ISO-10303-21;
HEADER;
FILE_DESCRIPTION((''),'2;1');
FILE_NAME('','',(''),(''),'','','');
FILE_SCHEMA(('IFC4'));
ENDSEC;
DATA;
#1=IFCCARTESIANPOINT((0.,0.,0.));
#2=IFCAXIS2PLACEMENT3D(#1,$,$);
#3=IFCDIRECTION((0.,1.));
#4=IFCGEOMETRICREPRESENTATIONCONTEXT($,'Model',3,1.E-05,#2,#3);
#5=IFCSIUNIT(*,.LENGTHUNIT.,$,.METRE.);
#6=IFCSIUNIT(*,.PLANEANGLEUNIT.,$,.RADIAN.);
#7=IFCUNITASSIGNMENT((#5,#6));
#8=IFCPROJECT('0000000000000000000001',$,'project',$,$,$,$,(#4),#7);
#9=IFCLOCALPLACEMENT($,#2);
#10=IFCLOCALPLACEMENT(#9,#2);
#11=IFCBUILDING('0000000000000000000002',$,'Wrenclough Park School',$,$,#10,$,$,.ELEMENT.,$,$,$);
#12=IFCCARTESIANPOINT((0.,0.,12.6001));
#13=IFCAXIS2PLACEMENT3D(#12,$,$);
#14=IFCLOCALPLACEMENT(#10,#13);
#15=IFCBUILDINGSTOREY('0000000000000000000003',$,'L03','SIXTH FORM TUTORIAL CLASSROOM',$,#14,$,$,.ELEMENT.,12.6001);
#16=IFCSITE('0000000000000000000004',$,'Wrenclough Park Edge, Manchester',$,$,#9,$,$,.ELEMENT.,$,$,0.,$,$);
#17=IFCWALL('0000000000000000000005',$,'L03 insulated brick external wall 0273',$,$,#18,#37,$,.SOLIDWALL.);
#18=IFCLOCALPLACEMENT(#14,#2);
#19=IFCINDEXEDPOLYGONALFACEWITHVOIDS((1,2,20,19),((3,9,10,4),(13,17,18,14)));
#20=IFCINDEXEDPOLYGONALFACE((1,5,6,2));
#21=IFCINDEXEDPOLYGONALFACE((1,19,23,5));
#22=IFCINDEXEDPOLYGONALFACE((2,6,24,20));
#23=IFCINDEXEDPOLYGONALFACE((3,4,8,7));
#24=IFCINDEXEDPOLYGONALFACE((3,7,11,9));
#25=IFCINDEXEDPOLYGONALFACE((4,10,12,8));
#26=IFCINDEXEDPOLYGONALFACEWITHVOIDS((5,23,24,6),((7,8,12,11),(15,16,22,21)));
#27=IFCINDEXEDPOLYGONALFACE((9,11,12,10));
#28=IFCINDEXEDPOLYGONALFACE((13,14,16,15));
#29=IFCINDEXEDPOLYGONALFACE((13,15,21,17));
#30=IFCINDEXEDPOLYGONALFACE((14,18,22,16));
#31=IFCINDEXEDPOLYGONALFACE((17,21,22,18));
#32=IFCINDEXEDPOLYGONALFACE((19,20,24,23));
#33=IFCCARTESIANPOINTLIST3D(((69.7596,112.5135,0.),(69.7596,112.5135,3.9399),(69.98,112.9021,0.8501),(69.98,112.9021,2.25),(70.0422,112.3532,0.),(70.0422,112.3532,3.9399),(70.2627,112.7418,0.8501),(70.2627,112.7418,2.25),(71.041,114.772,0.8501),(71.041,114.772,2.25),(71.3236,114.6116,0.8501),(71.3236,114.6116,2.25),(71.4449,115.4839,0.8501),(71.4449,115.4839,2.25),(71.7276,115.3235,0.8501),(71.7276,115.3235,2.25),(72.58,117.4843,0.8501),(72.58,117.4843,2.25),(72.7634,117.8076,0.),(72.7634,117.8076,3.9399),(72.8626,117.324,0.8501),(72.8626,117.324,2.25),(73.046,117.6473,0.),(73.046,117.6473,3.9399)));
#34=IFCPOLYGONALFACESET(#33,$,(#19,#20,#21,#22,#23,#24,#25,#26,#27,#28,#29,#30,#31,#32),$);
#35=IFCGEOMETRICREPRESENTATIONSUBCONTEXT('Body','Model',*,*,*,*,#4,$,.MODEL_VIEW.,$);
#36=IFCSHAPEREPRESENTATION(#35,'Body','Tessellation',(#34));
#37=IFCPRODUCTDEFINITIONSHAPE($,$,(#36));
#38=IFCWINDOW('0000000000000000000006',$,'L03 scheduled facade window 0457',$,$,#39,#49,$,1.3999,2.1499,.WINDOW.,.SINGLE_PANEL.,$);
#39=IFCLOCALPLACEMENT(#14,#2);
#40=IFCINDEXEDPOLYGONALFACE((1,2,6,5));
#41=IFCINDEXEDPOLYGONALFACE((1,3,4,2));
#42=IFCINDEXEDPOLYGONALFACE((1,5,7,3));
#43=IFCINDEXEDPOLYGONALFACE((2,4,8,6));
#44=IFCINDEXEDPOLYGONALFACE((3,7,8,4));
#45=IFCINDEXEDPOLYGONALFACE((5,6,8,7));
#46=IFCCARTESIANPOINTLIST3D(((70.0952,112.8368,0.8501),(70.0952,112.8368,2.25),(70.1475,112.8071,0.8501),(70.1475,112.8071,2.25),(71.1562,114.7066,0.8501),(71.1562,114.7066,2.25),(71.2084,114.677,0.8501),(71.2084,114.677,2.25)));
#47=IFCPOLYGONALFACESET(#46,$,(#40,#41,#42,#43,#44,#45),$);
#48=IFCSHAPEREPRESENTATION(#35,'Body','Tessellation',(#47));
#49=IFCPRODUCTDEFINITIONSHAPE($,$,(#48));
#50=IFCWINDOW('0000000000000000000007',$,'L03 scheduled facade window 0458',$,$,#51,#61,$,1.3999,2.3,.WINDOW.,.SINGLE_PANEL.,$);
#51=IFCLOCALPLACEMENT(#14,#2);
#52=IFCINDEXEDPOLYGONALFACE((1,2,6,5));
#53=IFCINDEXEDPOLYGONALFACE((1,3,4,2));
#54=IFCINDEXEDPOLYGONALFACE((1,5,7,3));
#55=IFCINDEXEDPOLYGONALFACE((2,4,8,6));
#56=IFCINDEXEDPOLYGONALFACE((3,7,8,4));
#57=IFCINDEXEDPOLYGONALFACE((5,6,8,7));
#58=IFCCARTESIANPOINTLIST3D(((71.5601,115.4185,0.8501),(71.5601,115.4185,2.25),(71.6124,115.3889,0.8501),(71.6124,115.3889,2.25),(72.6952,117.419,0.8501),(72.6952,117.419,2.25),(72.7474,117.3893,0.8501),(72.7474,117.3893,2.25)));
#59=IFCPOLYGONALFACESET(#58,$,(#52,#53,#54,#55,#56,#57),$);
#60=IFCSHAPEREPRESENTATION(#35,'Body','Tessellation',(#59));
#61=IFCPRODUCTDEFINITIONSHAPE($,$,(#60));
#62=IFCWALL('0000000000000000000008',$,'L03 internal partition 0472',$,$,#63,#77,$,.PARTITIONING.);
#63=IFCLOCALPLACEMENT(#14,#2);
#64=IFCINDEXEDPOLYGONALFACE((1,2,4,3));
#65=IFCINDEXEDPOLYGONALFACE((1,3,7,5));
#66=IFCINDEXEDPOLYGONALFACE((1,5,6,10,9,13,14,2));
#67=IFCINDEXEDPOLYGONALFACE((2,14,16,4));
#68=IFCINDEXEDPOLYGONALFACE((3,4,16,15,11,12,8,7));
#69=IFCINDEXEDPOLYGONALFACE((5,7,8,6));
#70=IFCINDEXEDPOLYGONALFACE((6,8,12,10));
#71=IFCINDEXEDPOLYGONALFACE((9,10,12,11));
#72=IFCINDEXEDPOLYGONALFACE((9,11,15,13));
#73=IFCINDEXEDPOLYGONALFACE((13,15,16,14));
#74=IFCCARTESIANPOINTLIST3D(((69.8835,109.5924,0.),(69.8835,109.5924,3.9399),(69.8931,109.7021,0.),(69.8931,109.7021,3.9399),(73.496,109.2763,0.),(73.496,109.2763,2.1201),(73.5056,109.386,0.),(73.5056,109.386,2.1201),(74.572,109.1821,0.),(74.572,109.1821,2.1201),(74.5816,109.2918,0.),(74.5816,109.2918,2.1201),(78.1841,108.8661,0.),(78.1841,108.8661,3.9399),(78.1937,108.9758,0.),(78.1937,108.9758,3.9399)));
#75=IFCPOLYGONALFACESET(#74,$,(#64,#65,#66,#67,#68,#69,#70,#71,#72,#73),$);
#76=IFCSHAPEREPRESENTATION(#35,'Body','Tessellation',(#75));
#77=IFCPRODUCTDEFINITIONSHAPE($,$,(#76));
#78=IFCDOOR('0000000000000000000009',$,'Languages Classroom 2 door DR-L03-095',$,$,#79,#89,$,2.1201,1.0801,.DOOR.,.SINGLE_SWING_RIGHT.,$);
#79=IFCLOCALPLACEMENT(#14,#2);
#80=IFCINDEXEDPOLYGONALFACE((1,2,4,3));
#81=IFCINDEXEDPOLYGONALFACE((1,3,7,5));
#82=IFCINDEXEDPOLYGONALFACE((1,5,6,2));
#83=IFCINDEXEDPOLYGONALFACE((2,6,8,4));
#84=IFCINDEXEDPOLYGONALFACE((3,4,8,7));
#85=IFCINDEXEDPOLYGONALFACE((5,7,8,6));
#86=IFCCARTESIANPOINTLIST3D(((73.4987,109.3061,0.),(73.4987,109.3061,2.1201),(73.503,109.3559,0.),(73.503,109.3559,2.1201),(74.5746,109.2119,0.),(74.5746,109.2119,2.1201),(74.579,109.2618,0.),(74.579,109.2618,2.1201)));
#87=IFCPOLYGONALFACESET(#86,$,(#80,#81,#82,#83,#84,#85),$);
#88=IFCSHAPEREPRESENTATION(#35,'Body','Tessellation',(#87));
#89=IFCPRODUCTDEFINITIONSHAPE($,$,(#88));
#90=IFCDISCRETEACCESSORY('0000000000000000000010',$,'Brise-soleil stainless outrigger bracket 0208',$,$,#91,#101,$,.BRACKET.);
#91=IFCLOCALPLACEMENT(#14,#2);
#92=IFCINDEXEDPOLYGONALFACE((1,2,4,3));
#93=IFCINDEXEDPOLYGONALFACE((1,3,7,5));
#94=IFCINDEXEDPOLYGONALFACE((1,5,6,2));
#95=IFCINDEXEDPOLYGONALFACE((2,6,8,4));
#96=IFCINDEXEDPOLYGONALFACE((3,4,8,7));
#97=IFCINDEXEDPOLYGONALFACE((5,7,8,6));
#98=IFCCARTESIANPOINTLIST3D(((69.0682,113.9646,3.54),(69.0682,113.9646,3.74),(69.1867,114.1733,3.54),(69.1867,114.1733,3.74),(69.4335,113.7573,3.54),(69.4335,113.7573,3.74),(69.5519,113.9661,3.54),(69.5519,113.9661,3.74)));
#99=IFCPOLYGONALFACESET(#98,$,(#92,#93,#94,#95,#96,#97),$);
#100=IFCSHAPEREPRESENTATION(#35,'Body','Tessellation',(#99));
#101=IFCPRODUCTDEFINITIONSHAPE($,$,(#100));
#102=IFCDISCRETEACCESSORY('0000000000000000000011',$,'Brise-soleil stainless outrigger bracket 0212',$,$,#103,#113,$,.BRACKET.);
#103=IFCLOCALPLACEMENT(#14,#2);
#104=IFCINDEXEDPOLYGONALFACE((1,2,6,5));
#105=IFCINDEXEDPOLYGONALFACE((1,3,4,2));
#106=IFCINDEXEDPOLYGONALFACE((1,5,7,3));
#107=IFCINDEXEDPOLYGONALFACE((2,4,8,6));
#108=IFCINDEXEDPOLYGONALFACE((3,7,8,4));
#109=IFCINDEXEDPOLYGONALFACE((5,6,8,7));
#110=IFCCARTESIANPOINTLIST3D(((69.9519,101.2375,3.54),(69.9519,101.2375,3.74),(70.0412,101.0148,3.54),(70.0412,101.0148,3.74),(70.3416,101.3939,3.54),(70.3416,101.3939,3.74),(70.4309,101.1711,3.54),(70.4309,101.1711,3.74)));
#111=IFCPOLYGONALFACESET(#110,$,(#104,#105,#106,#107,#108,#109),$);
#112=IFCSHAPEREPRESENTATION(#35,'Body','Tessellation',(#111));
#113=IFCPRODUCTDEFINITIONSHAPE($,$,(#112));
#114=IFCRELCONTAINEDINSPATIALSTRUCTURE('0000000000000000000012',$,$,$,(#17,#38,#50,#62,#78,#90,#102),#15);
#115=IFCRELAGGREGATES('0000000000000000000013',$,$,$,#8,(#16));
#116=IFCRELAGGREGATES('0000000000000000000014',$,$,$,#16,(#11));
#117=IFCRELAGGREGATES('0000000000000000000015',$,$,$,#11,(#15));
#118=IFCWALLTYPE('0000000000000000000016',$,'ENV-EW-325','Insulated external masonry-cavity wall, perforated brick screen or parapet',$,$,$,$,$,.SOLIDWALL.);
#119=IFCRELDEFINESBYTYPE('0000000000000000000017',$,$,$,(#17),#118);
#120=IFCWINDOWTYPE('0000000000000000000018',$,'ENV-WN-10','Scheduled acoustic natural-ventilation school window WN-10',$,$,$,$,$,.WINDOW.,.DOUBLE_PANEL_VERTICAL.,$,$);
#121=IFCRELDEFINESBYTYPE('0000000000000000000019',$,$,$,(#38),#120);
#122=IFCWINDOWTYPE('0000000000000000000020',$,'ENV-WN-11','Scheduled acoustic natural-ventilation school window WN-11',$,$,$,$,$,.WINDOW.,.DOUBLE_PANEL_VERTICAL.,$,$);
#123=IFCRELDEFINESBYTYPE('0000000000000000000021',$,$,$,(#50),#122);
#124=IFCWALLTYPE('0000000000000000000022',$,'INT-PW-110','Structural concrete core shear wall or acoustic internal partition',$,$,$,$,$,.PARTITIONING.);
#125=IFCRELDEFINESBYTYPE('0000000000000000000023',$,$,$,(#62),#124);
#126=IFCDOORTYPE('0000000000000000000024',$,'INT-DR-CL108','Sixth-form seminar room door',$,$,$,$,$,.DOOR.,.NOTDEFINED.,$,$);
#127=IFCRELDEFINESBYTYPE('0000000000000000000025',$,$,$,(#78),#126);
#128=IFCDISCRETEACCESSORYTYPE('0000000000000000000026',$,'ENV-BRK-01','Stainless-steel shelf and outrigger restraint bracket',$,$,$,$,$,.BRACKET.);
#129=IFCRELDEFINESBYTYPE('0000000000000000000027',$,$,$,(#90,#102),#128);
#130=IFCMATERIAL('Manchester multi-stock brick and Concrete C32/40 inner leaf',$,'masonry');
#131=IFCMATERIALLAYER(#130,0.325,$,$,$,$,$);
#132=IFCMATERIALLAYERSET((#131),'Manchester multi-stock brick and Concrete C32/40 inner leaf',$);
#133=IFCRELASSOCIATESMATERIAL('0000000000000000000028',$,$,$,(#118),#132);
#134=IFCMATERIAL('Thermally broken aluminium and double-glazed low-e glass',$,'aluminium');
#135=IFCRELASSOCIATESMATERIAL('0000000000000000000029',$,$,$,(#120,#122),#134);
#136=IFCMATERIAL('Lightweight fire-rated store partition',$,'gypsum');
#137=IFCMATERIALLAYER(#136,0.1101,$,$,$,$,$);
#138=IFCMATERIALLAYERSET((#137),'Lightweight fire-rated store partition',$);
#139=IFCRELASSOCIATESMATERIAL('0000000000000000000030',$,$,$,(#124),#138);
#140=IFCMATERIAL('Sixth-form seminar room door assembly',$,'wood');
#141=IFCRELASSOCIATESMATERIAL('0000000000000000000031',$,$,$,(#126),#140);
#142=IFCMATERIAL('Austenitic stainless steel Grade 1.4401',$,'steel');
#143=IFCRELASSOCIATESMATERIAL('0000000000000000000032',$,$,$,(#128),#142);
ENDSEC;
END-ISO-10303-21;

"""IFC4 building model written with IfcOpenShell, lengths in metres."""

from ifc_helpers import new_model, si_unit, direction, frame, frame_2d, origin, origin_2d, place, context, subcontext, project, spatial, rectangle, extrude, material, layer, layer_set, type_object, element, fill, save


model = new_model("IFC4")

# Units and contexts
model_context = context("Model", 3, precision=1e-05, world=origin(), true_north=direction((0.0, 1.0)))
body_context = subcontext(model_context, "Body", "Model", "MODEL_VIEW")
ifc_project = project(units=[si_unit("LENGTHUNIT", "METRE"), si_unit("PLANEANGLEUNIT", "RADIAN")], contexts=[model_context])

# Site, building, storey
site_placement = place(None, origin())
site = spatial("IfcSite", under=ifc_project, at=site_placement, Name="Wrenclough Park Edge, Manchester", CompositionType="ELEMENT", RefElevation=0.0)
building_placement = place(site_placement, origin())
building = spatial("IfcBuilding", under=site, at=building_placement, Name="Wrenclough Park School", CompositionType="ELEMENT")
storey_placement = place(building_placement, frame((0.0, 0.0, 12.6001)))
storey = spatial("IfcBuildingStorey", under=building, at=storey_placement, Name="L03", Description="SIXTH FORM TUTORIAL CLASSROOM", CompositionType="ELEMENT", Elevation=12.6001)

# Wall, openings, windows
ifc_material_1 = material(Name="Manchester multi-stock brick and Concrete C32/40 inner leaf", Category="masonry")
ifc_material_2 = material(Name="Thermally broken aluminium and double-glazed low-e glass", Category="aluminium")
ifc_layer_1 = layer(ifc_material_1, 0.325)
ifc_layer_set_1 = layer_set([ifc_layer_1], Name="Manchester multi-stock brick and Concrete C32/40 inner leaf")
wall_type_1 = type_object("IfcWallType", Name="ENV-EW-325", Description="Insulated external masonry-cavity wall, perforated brick screen or parapet", PredefinedType="SOLIDWALL", material=ifc_layer_set_1)
wall_1_placement = place(storey_placement, frame((69.9009, 112.4333, 0.0), z_axis=(0.0, 0.0, 1.0), x_axis=(0.493493, 0.86975, 0.0)))
wall_1 = element("IfcWall", 1, at=wall_1_placement, inside=storey, type_object=wall_type_1, Name="L03 insulated brick external wall 0273", PredefinedType="SOLIDWALL", context=body_context, shape_type="SweptSolid", body=[
    extrude(rectangle(XDim=6.0869, YDim=0.325, at=frame_2d((3.0435, 0.0))), origin(), (0.0, 0.0, 1.0), 3.9399),
])
opening_1_placement = place(wall_1_placement, frame((0.4468, 0.0, 0.8501)))
opening_1 = element("IfcOpeningElement", 2, at=opening_1_placement, cuts=wall_1, PredefinedType="OPENING", context=body_context, shape_type="SweptSolid", body=[
    extrude(rectangle(XDim=2.1499, YDim=1.3999, at=frame_2d((1.075, 0.7))), frame((0.0, 0.1724, 0.0), z_axis=(0.0, -1.0, 0.0), x_axis=(1.0, 0.0, 0.0)), (0.0, 0.0, 1.0), 0.345),
])
opening_2_placement = place(wall_1_placement, frame((3.4153, 0.0, 0.8501)))
opening_2 = element("IfcOpeningElement", 3, at=opening_2_placement, cuts=wall_1, PredefinedType="OPENING", context=body_context, shape_type="SweptSolid", body=[
    extrude(rectangle(XDim=2.3, YDim=1.3999, at=frame_2d((1.1499, 0.7))), frame((0.0, 0.1724, 0.0), z_axis=(0.0, -1.0, 0.0), x_axis=(1.0, 0.0, 0.0)), (0.0, 0.0, 1.0), 0.345),
])
window_type_1 = type_object("IfcWindowType", Name="ENV-WN-10", Description="Scheduled acoustic natural-ventilation school window WN-10", PartitioningType="DOUBLE_PANEL_VERTICAL", PredefinedType="WINDOW", material=ifc_material_2)
window_1_placement = place(opening_1_placement, origin())
window_1 = element("IfcWindow", 4, at=window_1_placement, inside=storey, type_object=window_type_1, Name="L03 scheduled facade window 0457", OverallHeight=1.3999, OverallWidth=2.1499, PartitioningType="SINGLE_PANEL", PredefinedType="WINDOW", context=body_context, shape_type="SweptSolid", body=[
    extrude(rectangle(XDim=2.1499, YDim=1.3999, at=frame_2d((1.075, 0.7))), frame((0.0, 0.03, 0.0), z_axis=(0.0, -1.0, 0.0), x_axis=(1.0, 0.0, 0.0)), (0.0, 0.0, 1.0), 0.0601),
])
fill(opening_1, window_1)
window_type_2 = type_object("IfcWindowType", Name="ENV-WN-11", Description="Scheduled acoustic natural-ventilation school window WN-11", PartitioningType="DOUBLE_PANEL_VERTICAL", PredefinedType="WINDOW", material=ifc_material_2)
window_2_placement = place(opening_2_placement, origin())
window_2 = element("IfcWindow", 5, at=window_2_placement, inside=storey, type_object=window_type_2, Name="L03 scheduled facade window 0458", OverallHeight=1.3999, OverallWidth=2.3, PartitioningType="SINGLE_PANEL", PredefinedType="WINDOW", context=body_context, shape_type="SweptSolid", body=[
    extrude(rectangle(XDim=2.3, YDim=1.3999, at=frame_2d((1.1499, 0.7))), frame((0.0, 0.03, 0.0), z_axis=(0.0, -1.0, 0.0), x_axis=(1.0, 0.0, 0.0)), (0.0, 0.0, 1.0), 0.0601),
])
fill(opening_2, window_2)

# Wall, opening, door
ifc_material_3 = material(Name="Lightweight fire-rated store partition", Category="gypsum")
ifc_layer_2 = layer(ifc_material_3, 0.1101)
ifc_layer_set_2 = layer_set([ifc_layer_2], Name="Lightweight fire-rated store partition")
wall_type_2 = type_object("IfcWallType", Name="INT-PW-110", Description="Structural concrete core shear wall or acoustic internal partition", PredefinedType="PARTITIONING", material=ifc_layer_set_2)
wall_2_placement = place(storey_placement, frame((69.8884, 109.6472, 0.0), z_axis=(0.0, 0.0, 1.0), x_axis=(0.996193, -0.087169, 0.0)))
wall_2 = element("IfcWall", 6, at=wall_2_placement, inside=storey, type_object=wall_type_2, Name="L03 internal partition 0472", PredefinedType="PARTITIONING", context=body_context, shape_type="SweptSolid", body=[
    extrude(rectangle(XDim=8.3323, YDim=0.1101, at=frame_2d((4.166, 0.0))), origin(), (0.0, 0.0, 1.0), 3.9399),
])
opening_3_placement = place(wall_2_placement, frame((3.6262, 0.0, 0.0)))
opening_3 = element("IfcOpeningElement", 7, at=opening_3_placement, cuts=wall_2, PredefinedType="OPENING", context=body_context, shape_type="SweptSolid", body=[
    extrude(rectangle(XDim=1.0801, YDim=2.1201, at=frame_2d((0.54, 1.0601))), frame((0.0, 0.0649, 0.0), z_axis=(0.0, -1.0, 0.0), x_axis=(1.0, 0.0, 0.0)), (0.0, 0.0, 1.0), 0.1301),
])
ifc_material_4 = material(Name="Sixth-form seminar room door assembly", Category="wood")
door_type = type_object("IfcDoorType", Name="INT-DR-CL108", Description="Sixth-form seminar room door", OperationType="NOTDEFINED", PredefinedType="DOOR", material=ifc_material_4)
door_placement = place(opening_3_placement, origin())
door = element("IfcDoor", 8, at=door_placement, inside=storey, type_object=door_type, Name="Languages Classroom 2 door DR-L03-095", OperationType="SINGLE_SWING_RIGHT", OverallHeight=2.1201, OverallWidth=1.0801, PredefinedType="DOOR", context=body_context, shape_type="SweptSolid", body=[
    extrude(rectangle(XDim=1.0801, YDim=2.1201, at=frame_2d((0.54, 1.0601))), frame((0.0, 0.0249, 0.0), z_axis=(0.0, -1.0, 0.0), x_axis=(1.0, 0.0, 0.0)), (0.0, 0.0, 1.0), 0.05),
])
fill(opening_3, door)

# Discrete accessories
ifc_material_5 = material(Name="Austenitic stainless steel Grade 1.4401", Category="steel")
discrete_accessory_type = type_object("IfcDiscreteAccessoryType", Name="ENV-BRK-01", Description="Stainless-steel shelf and outrigger restraint bracket", PredefinedType="BRACKET", material=ifc_material_5)
for number, where, z_axis, x_axis, name in (
    (9, (69.3101, 113.9653, 3.54), (0.0, 0.0, 1.0), (-0.493509, -0.869741, 0.0), "Brise-soleil stainless outrigger bracket 0208"),
    (10, (70.1914, 101.2043, 3.54), (0.0, 0.0, 1.0), (0.372292, -0.928116, 0.0), "Brise-soleil stainless outrigger bracket 0212"),
):
    element("IfcDiscreteAccessory", number, at=place(storey_placement, frame(where, z_axis=z_axis, x_axis=x_axis)), inside=storey, type_object=discrete_accessory_type, Name=name, PredefinedType="BRACKET", context=body_context, shape_type="SweptSolid", body=[
        extrude(rectangle(XDim=0.24, YDim=0.4199, at=origin_2d()), origin(), (0.0, 0.0, 1.0), 0.2),
    ])

save(model, "model.ifc")
